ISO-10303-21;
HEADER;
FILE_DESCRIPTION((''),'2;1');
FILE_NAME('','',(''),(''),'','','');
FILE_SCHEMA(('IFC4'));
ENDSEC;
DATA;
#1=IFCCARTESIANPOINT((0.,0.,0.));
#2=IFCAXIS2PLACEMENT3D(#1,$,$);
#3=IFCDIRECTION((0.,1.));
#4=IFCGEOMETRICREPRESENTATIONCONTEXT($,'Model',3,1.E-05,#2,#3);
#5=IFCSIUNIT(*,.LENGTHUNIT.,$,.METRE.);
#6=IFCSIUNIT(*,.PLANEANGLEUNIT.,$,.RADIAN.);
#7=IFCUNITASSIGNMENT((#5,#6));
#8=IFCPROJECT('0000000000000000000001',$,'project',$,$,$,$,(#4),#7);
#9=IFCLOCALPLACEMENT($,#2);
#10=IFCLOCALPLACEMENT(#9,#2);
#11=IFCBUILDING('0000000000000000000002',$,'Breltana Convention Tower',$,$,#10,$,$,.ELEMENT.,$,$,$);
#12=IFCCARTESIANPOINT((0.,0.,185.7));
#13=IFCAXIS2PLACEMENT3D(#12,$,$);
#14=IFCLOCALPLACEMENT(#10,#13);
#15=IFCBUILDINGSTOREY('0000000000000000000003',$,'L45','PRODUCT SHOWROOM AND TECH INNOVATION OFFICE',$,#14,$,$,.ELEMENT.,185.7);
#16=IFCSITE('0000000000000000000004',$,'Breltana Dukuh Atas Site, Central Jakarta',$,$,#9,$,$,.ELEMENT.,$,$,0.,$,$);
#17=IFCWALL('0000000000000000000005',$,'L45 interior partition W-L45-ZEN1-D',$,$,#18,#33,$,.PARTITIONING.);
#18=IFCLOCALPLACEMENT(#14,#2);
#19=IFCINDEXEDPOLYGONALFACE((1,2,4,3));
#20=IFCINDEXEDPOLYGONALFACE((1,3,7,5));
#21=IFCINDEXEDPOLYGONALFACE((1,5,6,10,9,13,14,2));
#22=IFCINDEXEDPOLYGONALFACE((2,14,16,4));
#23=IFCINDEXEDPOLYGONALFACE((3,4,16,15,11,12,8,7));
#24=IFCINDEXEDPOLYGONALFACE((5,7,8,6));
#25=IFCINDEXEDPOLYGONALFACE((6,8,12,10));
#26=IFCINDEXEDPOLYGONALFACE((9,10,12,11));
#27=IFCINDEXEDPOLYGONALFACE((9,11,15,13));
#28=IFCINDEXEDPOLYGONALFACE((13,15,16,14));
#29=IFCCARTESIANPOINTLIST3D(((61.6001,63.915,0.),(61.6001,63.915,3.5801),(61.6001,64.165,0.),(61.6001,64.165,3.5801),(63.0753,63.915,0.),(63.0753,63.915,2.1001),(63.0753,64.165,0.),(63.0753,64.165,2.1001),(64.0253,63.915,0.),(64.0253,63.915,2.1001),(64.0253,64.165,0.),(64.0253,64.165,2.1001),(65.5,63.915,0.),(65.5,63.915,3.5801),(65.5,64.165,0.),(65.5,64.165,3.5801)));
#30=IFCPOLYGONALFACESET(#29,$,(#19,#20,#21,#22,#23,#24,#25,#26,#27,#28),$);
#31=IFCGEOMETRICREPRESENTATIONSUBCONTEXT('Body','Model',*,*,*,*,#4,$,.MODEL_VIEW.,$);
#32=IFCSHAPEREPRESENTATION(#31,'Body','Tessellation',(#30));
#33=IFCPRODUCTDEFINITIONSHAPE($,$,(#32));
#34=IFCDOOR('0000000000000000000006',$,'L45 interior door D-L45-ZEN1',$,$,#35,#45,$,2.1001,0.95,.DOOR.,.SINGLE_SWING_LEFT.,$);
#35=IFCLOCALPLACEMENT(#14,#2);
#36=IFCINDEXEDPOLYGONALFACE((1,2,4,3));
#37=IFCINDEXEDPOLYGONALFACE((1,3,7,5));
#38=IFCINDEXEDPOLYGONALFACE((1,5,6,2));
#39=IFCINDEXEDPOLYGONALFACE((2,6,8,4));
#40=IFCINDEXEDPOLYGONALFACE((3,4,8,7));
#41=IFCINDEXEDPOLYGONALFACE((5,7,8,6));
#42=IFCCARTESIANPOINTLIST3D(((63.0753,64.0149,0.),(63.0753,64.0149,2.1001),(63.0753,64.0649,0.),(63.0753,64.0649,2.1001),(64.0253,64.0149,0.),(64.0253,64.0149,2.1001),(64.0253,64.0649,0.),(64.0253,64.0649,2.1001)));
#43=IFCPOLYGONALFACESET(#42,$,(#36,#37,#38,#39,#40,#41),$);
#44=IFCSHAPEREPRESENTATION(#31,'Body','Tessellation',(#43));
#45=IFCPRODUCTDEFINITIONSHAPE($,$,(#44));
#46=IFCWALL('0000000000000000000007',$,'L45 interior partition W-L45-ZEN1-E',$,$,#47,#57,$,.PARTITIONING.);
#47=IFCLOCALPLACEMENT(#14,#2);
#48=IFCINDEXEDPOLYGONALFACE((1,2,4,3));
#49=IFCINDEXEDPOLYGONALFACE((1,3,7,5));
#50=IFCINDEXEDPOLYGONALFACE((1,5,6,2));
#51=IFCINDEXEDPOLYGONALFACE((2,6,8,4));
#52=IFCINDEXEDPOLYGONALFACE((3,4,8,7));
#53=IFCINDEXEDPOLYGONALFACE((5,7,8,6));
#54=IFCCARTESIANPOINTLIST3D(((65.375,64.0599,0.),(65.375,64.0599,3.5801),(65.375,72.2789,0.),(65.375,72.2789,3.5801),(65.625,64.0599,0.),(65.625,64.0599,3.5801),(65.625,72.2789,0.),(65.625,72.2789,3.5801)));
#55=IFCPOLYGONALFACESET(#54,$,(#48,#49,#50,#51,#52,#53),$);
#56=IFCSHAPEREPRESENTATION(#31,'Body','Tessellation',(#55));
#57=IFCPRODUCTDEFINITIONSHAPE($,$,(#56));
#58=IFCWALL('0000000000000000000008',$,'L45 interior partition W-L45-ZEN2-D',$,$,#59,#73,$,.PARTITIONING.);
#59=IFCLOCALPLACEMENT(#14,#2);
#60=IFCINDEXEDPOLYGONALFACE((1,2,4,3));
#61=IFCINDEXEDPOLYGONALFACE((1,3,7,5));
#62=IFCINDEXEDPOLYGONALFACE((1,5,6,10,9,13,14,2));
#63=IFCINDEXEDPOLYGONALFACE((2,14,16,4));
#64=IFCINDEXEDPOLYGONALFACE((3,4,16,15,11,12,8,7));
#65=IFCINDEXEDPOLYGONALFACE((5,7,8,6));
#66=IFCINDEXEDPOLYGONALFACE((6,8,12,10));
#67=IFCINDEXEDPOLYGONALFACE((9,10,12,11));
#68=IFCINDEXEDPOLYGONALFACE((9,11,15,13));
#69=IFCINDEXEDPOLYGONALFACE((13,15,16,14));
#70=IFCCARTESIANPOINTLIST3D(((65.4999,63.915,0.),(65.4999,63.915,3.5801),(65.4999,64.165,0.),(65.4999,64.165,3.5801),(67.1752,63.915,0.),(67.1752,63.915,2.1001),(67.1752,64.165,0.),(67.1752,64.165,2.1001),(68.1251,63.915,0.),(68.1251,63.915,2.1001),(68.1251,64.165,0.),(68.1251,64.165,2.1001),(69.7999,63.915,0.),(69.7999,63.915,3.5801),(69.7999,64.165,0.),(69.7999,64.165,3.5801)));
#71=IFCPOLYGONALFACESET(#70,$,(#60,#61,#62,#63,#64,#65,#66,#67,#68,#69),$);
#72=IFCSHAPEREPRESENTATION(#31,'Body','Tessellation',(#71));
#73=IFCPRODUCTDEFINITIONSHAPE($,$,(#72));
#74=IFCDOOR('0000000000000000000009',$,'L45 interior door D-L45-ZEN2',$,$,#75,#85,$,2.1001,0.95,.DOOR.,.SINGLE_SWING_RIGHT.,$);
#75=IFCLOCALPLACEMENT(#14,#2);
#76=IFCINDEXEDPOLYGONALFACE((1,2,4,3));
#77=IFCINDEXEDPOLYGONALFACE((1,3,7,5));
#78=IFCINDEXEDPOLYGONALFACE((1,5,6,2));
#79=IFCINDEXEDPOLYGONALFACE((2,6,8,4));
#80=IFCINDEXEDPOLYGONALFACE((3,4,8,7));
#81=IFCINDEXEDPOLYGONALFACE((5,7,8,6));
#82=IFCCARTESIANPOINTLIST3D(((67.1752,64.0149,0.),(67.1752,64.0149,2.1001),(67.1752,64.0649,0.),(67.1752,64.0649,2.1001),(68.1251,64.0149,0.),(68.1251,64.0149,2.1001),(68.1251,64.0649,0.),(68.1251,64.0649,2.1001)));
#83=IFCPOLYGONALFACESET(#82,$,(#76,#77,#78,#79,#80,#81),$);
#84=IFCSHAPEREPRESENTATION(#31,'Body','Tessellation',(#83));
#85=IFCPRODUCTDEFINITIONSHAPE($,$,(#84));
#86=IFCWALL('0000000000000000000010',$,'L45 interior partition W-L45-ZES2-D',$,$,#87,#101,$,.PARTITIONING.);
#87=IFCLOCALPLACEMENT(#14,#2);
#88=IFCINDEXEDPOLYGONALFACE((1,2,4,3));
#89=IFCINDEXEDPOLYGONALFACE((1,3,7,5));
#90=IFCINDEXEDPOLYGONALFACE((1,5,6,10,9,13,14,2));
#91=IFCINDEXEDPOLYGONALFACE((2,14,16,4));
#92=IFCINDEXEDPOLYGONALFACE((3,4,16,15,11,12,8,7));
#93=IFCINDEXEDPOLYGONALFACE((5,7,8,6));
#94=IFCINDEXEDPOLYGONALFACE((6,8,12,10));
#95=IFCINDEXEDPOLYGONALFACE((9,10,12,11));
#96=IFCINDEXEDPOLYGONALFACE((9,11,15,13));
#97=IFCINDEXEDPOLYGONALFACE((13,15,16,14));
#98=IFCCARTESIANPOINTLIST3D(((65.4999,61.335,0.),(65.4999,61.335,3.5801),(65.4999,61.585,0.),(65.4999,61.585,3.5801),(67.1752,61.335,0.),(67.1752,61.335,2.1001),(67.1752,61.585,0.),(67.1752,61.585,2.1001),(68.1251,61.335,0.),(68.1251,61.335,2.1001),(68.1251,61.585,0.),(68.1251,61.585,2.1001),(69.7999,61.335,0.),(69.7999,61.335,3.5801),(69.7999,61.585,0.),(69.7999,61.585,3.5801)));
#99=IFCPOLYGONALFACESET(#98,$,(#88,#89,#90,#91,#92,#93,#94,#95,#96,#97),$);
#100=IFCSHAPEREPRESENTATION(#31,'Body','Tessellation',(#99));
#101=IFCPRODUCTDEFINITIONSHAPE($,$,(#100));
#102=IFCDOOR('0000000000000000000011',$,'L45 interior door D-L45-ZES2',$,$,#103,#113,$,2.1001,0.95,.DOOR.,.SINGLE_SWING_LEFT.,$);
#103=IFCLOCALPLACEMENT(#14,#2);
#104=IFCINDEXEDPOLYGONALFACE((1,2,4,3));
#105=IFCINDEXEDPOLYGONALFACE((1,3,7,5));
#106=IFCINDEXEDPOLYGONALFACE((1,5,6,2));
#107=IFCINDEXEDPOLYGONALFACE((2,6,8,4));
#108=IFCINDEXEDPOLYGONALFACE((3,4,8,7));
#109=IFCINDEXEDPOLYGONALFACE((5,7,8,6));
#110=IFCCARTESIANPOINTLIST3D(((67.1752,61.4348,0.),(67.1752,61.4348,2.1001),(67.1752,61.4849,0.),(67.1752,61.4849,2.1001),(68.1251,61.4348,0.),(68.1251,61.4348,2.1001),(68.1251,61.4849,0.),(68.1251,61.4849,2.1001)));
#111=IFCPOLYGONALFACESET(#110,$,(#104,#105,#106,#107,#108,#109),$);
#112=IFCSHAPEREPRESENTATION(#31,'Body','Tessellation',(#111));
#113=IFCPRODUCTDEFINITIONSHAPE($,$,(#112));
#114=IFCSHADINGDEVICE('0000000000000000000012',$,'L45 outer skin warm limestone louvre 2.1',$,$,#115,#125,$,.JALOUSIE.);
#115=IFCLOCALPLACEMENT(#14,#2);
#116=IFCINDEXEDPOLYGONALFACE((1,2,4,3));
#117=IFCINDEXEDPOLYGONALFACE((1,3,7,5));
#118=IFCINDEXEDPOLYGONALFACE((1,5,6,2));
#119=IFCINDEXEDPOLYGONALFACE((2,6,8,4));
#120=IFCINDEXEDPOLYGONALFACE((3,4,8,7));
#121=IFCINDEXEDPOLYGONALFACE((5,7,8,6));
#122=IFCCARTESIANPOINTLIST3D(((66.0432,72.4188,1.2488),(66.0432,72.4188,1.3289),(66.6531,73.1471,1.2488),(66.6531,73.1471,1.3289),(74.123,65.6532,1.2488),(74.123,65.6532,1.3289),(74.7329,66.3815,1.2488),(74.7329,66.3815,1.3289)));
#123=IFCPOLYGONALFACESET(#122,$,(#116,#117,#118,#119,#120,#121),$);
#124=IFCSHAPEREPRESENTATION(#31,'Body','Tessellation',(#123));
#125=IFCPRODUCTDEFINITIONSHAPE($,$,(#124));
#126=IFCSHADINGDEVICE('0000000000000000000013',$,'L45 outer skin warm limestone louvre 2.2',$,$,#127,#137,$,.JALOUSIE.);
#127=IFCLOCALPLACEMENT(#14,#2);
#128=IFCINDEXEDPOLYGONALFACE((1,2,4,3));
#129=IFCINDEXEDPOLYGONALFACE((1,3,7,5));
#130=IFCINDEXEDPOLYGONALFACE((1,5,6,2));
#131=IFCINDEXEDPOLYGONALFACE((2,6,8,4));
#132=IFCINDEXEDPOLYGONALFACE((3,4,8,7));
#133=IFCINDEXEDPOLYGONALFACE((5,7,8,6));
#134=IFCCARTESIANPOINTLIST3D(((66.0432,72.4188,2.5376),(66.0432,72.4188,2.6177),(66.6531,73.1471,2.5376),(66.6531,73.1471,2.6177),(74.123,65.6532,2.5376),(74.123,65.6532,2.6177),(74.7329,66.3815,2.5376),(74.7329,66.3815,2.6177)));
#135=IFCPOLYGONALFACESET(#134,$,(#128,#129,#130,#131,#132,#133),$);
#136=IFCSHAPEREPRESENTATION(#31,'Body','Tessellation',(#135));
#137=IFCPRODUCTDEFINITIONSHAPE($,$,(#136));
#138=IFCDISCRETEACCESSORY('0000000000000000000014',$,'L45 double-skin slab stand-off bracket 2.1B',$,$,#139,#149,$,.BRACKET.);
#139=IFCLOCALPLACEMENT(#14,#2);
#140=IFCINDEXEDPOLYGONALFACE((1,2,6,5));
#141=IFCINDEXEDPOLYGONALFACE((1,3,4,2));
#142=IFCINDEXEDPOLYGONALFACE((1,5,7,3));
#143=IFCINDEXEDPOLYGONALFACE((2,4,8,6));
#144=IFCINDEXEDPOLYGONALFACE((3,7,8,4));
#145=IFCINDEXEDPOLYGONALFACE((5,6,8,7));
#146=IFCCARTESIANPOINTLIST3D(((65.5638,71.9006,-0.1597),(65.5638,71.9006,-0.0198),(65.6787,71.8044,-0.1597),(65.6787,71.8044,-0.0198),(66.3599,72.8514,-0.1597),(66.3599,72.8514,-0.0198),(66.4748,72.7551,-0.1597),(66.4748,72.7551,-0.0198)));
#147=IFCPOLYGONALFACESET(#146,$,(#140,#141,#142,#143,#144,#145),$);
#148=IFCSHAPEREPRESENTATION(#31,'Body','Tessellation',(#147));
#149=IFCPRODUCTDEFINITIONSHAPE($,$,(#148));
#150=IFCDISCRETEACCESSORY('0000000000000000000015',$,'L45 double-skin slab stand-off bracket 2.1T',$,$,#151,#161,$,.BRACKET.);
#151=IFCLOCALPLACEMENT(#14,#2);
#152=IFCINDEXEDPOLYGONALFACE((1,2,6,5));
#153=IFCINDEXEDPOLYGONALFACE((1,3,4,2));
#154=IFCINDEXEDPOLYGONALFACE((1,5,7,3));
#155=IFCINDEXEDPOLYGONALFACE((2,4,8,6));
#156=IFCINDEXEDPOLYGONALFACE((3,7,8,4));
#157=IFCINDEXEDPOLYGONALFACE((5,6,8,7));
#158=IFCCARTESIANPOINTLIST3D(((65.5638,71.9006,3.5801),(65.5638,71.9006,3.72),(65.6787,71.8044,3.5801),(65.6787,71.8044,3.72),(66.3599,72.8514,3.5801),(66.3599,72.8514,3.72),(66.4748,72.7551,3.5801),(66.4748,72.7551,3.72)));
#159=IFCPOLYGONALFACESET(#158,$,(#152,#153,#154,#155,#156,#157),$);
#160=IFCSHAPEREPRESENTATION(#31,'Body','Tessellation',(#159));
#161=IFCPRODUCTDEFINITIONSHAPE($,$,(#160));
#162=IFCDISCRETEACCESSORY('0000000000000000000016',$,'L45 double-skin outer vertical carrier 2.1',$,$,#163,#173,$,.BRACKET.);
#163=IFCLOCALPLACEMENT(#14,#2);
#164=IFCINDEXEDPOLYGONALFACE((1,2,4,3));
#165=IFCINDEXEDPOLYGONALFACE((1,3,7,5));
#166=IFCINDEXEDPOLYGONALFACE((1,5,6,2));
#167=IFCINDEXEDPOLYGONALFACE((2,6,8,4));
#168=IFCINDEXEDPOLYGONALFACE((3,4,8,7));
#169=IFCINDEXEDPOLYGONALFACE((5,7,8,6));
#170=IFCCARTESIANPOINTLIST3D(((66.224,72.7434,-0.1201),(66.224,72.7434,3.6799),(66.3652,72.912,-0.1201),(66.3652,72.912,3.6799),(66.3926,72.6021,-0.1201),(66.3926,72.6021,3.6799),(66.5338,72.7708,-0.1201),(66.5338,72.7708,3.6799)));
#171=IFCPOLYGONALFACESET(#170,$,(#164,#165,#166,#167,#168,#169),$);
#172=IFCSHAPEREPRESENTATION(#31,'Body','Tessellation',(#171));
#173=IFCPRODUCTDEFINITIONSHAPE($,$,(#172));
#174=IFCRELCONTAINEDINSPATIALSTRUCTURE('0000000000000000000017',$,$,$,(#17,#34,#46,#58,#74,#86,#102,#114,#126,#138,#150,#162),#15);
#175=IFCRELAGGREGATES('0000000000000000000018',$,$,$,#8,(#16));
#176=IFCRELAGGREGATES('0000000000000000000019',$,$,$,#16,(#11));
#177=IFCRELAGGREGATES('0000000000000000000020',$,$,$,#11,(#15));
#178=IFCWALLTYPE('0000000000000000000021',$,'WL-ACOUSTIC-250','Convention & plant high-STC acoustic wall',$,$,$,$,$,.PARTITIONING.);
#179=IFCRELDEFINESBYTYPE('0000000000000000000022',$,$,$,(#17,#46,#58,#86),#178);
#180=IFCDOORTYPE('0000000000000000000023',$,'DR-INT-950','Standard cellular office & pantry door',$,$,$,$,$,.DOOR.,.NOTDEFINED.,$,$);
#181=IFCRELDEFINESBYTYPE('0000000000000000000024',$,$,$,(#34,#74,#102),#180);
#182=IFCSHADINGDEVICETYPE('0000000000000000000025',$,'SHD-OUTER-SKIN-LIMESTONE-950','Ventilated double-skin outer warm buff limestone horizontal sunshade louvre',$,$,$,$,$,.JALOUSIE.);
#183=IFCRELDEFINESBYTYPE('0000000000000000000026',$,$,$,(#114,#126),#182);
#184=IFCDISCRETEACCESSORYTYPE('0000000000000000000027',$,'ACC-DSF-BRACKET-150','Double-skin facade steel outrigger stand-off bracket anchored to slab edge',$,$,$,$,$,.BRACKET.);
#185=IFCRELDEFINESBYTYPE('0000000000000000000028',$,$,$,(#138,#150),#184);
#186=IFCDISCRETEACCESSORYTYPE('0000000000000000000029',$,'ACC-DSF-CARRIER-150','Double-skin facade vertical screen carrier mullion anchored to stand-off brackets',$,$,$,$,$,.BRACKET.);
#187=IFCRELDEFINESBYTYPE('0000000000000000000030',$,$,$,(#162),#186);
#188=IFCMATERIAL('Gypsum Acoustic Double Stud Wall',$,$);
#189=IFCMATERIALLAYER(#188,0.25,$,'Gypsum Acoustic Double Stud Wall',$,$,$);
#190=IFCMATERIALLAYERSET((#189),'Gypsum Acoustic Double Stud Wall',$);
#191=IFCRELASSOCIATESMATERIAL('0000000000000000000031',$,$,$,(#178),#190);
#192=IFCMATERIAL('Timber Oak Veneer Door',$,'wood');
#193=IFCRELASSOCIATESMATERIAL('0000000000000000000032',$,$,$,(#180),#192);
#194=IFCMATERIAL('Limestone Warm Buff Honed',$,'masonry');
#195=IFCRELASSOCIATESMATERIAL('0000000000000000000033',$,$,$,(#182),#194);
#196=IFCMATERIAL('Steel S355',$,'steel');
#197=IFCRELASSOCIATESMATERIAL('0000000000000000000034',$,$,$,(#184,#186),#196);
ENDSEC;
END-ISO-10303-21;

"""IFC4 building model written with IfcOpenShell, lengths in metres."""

from ifc_helpers import new_model, si_unit, direction, frame, frame_2d, origin, origin_2d, place, context, subcontext, project, spatial, rectangle, extrude, source, transform, mapped, material, layer, layer_set, material_profile, profile_set, type_object, type_shapes, element, fill, save


model = new_model("IFC4")

# Units and contexts
model_context = context("Model", 3, precision=1e-05, world=origin(), true_north=direction((0.0, 1.0)))
body_context = subcontext(model_context, "Body", "Model", "MODEL_VIEW")
ifc_project = project(units=[si_unit("LENGTHUNIT", "METRE"), si_unit("PLANEANGLEUNIT", "RADIAN")], contexts=[model_context])

# Site, building, storey
site_placement = place(None, origin())
site = spatial("IfcSite", under=ifc_project, at=site_placement, Name="Breltana Dukuh Atas Site, Central Jakarta", CompositionType="ELEMENT", RefElevation=0.0)
building_placement = place(site_placement, origin())
building = spatial("IfcBuilding", under=site, at=building_placement, Name="Breltana Convention Tower", CompositionType="ELEMENT")
storey_placement = place(building_placement, frame((0.0, 0.0, 185.7)))
storey = spatial("IfcBuildingStorey", under=building, at=storey_placement, Name="L45", Description="PRODUCT SHOWROOM AND TECH INNOVATION OFFICE", CompositionType="ELEMENT", Elevation=185.7)

# Shared definitions
ifc_material_1 = material(Name="Gypsum Acoustic Double Stud Wall")
ifc_layer_1 = layer(ifc_material_1, 0.25, Name="Gypsum Acoustic Double Stud Wall")
ifc_layer_set_1 = layer_set([ifc_layer_1], Name="Gypsum Acoustic Double Stud Wall")
wall_type_1 = type_object("IfcWallType", Name="WL-ACOUSTIC-250", Description="Convention & plant high-STC acoustic wall", PredefinedType="PARTITIONING", material=ifc_layer_set_1)

# Wall, opening, door
shared_shape_1 = source(origin(), body_context, "Body", "SweptSolid", [
    extrude(rectangle(XDim=3.8999, YDim=0.25, at=frame_2d((1.95, 0.0))), origin(), (0.0, 0.0, 1.0), 3.5801),
])
wall_1_placement = place(storey_placement, frame((61.6001, 64.04, 0.0), z_axis=(0.0, 0.0, 1.0), x_axis=(1.0, 0.0, 0.0)))
wall_1 = element("IfcWall", 1, at=wall_1_placement, inside=storey, type_object=wall_type_1, Name="L45 interior partition W-L45-ZEN1-D", PredefinedType="PARTITIONING", context=body_context, shape_type="MappedRepresentation", body=[
    mapped(shared_shape_1, transform((0.0, 0.0, 0.0), scale=1.0)),
])
opening_1_placement = place(wall_1_placement, frame((1.4751, 0.0, 0.0)))
opening_1 = element("IfcOpeningElement", 2, at=opening_1_placement, cuts=wall_1, PredefinedType="OPENING", context=body_context, shape_type="SweptSolid", body=[
    extrude(rectangle(XDim=0.95, YDim=2.1001, at=frame_2d((0.4751, 1.05))), frame((0.0, 0.135, 0.0), z_axis=(0.0, -1.0, 0.0), x_axis=(1.0, 0.0, 0.0)), (0.0, 0.0, 1.0), 0.27),
])
ifc_material_2 = material(Name="Timber Oak Veneer Door", Category="wood")
door_type = type_object("IfcDoorType", Name="DR-INT-950", Description="Standard cellular office & pantry door", OperationType="NOTDEFINED", PredefinedType="DOOR", material=ifc_material_2)
shared_shape_2 = source(origin(), body_context, "Body", "SweptSolid", [
    extrude(rectangle(XDim=0.95, YDim=2.1001, at=frame_2d((0.4751, 1.05))), frame((0.0, 0.0249, 0.0), z_axis=(0.0, -1.0, 0.0), x_axis=(1.0, 0.0, 0.0)), (0.0, 0.0, 1.0), 0.05),
])
type_shapes(door_type, [shared_shape_2])
door_1_placement = place(opening_1_placement, origin())
door_1 = element("IfcDoor", 3, at=door_1_placement, inside=storey, type_object=door_type, Name="L45 interior door D-L45-ZEN1", OperationType="SINGLE_SWING_LEFT", OverallHeight=2.1001, OverallWidth=0.95, PredefinedType="DOOR", context=body_context, shape_type="MappedRepresentation", body=[
    mapped(shared_shape_2, transform((0.0, 0.0, 0.0), scale=1.0)),
])
fill(opening_1, door_1)

# Wall
shared_shape_3 = source(origin(), body_context, "Body", "SweptSolid", [
    extrude(rectangle(XDim=8.219, YDim=0.25, at=frame_2d((4.1094, 0.0))), origin(), (0.0, 0.0, 1.0), 3.5801),
])
wall_2_placement = place(storey_placement, frame((65.5, 64.0601, 0.0), z_axis=(0.0, 0.0, 1.0), x_axis=(0.0, 1.0, 0.0)))
element("IfcWall", 4, at=wall_2_placement, inside=storey, type_object=wall_type_1, Name="L45 interior partition W-L45-ZEN1-E", PredefinedType="PARTITIONING", context=body_context, shape_type="MappedRepresentation", body=[
    mapped(shared_shape_3, transform((0.0, 0.0, 0.0), scale=1.0)),
])

# Walls, openings, doors
shared_shape_4 = source(origin(), body_context, "Body", "SweptSolid", [
    extrude(rectangle(XDim=4.3, YDim=0.25, at=frame_2d((2.1499, 0.0))), origin(), (0.0, 0.0, 1.0), 3.5801),
])
wall_3_placement = place(storey_placement, frame((65.5, 64.04, 0.0), z_axis=(0.0, 0.0, 1.0), x_axis=(1.0, 0.0, 0.0)))
wall_3 = element("IfcWall", 5, at=wall_3_placement, inside=storey, type_object=wall_type_1, Name="L45 interior partition W-L45-ZEN2-D", PredefinedType="PARTITIONING", context=body_context, shape_type="MappedRepresentation", body=[
    mapped(shared_shape_4, transform((0.0, 0.0, 0.0), scale=1.0)),
])
opening_2_placement = place(wall_3_placement, frame((1.675, 0.0, 0.0)))
opening_2 = element("IfcOpeningElement", 6, at=opening_2_placement, cuts=wall_3, PredefinedType="OPENING", context=body_context, shape_type="SweptSolid", body=[
    extrude(rectangle(XDim=0.95, YDim=2.1001, at=frame_2d((0.4751, 1.05))), frame((0.0, 0.135, 0.0), z_axis=(0.0, -1.0, 0.0), x_axis=(1.0, 0.0, 0.0)), (0.0, 0.0, 1.0), 0.27),
])
door_2_placement = place(opening_2_placement, origin())
door_2 = element("IfcDoor", 7, at=door_2_placement, inside=storey, type_object=door_type, Name="L45 interior door D-L45-ZEN2", OperationType="SINGLE_SWING_RIGHT", OverallHeight=2.1001, OverallWidth=0.95, PredefinedType="DOOR", context=body_context, shape_type="MappedRepresentation", body=[
    mapped(shared_shape_2, transform((0.0, 0.0, 0.0), scale=1.0)),
])
fill(opening_2, door_2)
wall_4_placement = place(storey_placement, frame((65.5, 61.46, 0.0), z_axis=(0.0, 0.0, 1.0), x_axis=(1.0, 0.0, 0.0)))
wall_4 = element("IfcWall", 8, at=wall_4_placement, inside=storey, type_object=wall_type_1, Name="L45 interior partition W-L45-ZES2-D", PredefinedType="PARTITIONING", context=body_context, shape_type="MappedRepresentation", body=[
    mapped(shared_shape_4, transform((0.0, 0.0, 0.0), scale=1.0)),
])
opening_3_placement = place(wall_4_placement, frame((1.675, 0.0, 0.0)))
opening_3 = element("IfcOpeningElement", 9, at=opening_3_placement, cuts=wall_4, PredefinedType="OPENING", context=body_context, shape_type="SweptSolid", body=[
    extrude(rectangle(XDim=0.95, YDim=2.1001, at=frame_2d((0.4751, 1.05))), frame((0.0, 0.135, 0.0), z_axis=(0.0, -1.0, 0.0), x_axis=(1.0, 0.0, 0.0)), (0.0, 0.0, 1.0), 0.27),
])
door_3_placement = place(opening_3_placement, origin())
door_3 = element("IfcDoor", 10, at=door_3_placement, inside=storey, type_object=door_type, Name="L45 interior door D-L45-ZES2", OperationType="SINGLE_SWING_LEFT", OverallHeight=2.1001, OverallWidth=0.95, PredefinedType="DOOR", context=body_context, shape_type="MappedRepresentation", body=[
    mapped(shared_shape_2, transform((0.0, 0.0, 0.0), scale=1.0)),
])
fill(opening_3, door_3)

# Shading devices
ifc_material_3 = material(Name="Limestone Warm Buff Honed", Category="masonry")
ifc_material_profile_1 = material_profile(ifc_material_3, rectangle(XDim=0.95, YDim=0.0801, at=origin_2d()), Name="STN-LVR-950X80")
ifc_profile_set_1 = profile_set([ifc_material_profile_1], Name="Limestone Warm Buff Honed")
shading_device_type = type_object("IfcShadingDeviceType", Name="SHD-OUTER-SKIN-LIMESTONE-950", Description="Ventilated double-skin outer warm buff limestone horizontal sunshade louvre", PredefinedType="JALOUSIE", material=ifc_profile_set_1)
shared_shape_5 = source(origin(), body_context, "Body", "SweptSolid", [
    extrude(rectangle(XDim=0.95, YDim=0.0801, at=origin_2d()), origin(), (0.0, 0.0, 1.0), 10.5383),
])
for number, where, z_axis, x_axis, name in (
    (11, (66.3481, 72.783, 1.2888), (0.766706, -0.641999, 0.0), (0.641999, 0.766706, 0.0), "L45 outer skin warm limestone louvre 2.1"),
    (12, (66.3481, 72.783, 2.5776), (0.766706, -0.641999, 0.0), (0.641999, 0.766706, 0.0), "L45 outer skin warm limestone louvre 2.2"),
):
    element("IfcShadingDevice", number, at=place(storey_placement, frame(where, z_axis=z_axis, x_axis=x_axis)), inside=storey, type_object=shading_device_type, Name=name, PredefinedType="JALOUSIE", context=body_context, shape_type="MappedRepresentation", body=[
        mapped(shared_shape_5, transform((0.0, 0.0, 0.0), scale=1.0)),
    ])

# Discrete accessories
ifc_material_4 = material(Name="Steel S355", Category="steel")
discrete_accessory_type_1 = type_object("IfcDiscreteAccessoryType", Name="ACC-DSF-BRACKET-150", Description="Double-skin facade steel outrigger stand-off bracket anchored to slab edge", PredefinedType="BRACKET", material=ifc_material_4)
shared_shape_6 = source(origin(), body_context, "Body", "SweptSolid", [
    extrude(rectangle(XDim=1.24, YDim=0.1499, at=origin_2d()), origin(), (0.0, 0.0, 1.0), 0.1399),
])
type_shapes(discrete_accessory_type_1, [shared_shape_6])
for number, where, z_axis, x_axis, name in (
    (13, (66.0193, 72.3279, -0.1597), (0.0, 0.0, 1.0), (0.641989, 0.766714, 0.0), "L45 double-skin slab stand-off bracket 2.1B"),
    (14, (66.0193, 72.3279, 3.5801), (0.0, 0.0, 1.0), (0.641989, 0.766714, 0.0), "L45 double-skin slab stand-off bracket 2.1T"),
):
    element("IfcDiscreteAccessory", number, at=place(storey_placement, frame(where, z_axis=z_axis, x_axis=x_axis)), inside=storey, type_object=discrete_accessory_type_1, Name=name, PredefinedType="BRACKET", context=body_context, shape_type="MappedRepresentation", body=[
        mapped(shared_shape_6, transform((0.0, 0.0, 0.0), scale=1.0)),
    ])
discrete_accessory_type_2 = type_object("IfcDiscreteAccessoryType", Name="ACC-DSF-CARRIER-150", Description="Double-skin facade vertical screen carrier mullion anchored to stand-off brackets", PredefinedType="BRACKET", material=ifc_material_4)
shared_shape_7 = source(origin(), body_context, "Body", "SweptSolid", [
    extrude(rectangle(XDim=0.22, YDim=0.22, at=origin_2d()), origin(), (0.0, 0.0, 1.0), 3.8),
])
discrete_accessory_placement = place(storey_placement, frame((66.3789, 72.7571, -0.1201), z_axis=(0.0, 0.0, 1.0), x_axis=(0.641989, 0.766714, 0.0)))
element("IfcDiscreteAccessory", 15, at=discrete_accessory_placement, inside=storey, type_object=discrete_accessory_type_2, Name="L45 double-skin outer vertical carrier 2.1", PredefinedType="BRACKET", context=body_context, shape_type="MappedRepresentation", body=[
    mapped(shared_shape_7, transform((0.0, 0.0, 0.0), scale=1.0)),
])

save(model, "model.ifc")
